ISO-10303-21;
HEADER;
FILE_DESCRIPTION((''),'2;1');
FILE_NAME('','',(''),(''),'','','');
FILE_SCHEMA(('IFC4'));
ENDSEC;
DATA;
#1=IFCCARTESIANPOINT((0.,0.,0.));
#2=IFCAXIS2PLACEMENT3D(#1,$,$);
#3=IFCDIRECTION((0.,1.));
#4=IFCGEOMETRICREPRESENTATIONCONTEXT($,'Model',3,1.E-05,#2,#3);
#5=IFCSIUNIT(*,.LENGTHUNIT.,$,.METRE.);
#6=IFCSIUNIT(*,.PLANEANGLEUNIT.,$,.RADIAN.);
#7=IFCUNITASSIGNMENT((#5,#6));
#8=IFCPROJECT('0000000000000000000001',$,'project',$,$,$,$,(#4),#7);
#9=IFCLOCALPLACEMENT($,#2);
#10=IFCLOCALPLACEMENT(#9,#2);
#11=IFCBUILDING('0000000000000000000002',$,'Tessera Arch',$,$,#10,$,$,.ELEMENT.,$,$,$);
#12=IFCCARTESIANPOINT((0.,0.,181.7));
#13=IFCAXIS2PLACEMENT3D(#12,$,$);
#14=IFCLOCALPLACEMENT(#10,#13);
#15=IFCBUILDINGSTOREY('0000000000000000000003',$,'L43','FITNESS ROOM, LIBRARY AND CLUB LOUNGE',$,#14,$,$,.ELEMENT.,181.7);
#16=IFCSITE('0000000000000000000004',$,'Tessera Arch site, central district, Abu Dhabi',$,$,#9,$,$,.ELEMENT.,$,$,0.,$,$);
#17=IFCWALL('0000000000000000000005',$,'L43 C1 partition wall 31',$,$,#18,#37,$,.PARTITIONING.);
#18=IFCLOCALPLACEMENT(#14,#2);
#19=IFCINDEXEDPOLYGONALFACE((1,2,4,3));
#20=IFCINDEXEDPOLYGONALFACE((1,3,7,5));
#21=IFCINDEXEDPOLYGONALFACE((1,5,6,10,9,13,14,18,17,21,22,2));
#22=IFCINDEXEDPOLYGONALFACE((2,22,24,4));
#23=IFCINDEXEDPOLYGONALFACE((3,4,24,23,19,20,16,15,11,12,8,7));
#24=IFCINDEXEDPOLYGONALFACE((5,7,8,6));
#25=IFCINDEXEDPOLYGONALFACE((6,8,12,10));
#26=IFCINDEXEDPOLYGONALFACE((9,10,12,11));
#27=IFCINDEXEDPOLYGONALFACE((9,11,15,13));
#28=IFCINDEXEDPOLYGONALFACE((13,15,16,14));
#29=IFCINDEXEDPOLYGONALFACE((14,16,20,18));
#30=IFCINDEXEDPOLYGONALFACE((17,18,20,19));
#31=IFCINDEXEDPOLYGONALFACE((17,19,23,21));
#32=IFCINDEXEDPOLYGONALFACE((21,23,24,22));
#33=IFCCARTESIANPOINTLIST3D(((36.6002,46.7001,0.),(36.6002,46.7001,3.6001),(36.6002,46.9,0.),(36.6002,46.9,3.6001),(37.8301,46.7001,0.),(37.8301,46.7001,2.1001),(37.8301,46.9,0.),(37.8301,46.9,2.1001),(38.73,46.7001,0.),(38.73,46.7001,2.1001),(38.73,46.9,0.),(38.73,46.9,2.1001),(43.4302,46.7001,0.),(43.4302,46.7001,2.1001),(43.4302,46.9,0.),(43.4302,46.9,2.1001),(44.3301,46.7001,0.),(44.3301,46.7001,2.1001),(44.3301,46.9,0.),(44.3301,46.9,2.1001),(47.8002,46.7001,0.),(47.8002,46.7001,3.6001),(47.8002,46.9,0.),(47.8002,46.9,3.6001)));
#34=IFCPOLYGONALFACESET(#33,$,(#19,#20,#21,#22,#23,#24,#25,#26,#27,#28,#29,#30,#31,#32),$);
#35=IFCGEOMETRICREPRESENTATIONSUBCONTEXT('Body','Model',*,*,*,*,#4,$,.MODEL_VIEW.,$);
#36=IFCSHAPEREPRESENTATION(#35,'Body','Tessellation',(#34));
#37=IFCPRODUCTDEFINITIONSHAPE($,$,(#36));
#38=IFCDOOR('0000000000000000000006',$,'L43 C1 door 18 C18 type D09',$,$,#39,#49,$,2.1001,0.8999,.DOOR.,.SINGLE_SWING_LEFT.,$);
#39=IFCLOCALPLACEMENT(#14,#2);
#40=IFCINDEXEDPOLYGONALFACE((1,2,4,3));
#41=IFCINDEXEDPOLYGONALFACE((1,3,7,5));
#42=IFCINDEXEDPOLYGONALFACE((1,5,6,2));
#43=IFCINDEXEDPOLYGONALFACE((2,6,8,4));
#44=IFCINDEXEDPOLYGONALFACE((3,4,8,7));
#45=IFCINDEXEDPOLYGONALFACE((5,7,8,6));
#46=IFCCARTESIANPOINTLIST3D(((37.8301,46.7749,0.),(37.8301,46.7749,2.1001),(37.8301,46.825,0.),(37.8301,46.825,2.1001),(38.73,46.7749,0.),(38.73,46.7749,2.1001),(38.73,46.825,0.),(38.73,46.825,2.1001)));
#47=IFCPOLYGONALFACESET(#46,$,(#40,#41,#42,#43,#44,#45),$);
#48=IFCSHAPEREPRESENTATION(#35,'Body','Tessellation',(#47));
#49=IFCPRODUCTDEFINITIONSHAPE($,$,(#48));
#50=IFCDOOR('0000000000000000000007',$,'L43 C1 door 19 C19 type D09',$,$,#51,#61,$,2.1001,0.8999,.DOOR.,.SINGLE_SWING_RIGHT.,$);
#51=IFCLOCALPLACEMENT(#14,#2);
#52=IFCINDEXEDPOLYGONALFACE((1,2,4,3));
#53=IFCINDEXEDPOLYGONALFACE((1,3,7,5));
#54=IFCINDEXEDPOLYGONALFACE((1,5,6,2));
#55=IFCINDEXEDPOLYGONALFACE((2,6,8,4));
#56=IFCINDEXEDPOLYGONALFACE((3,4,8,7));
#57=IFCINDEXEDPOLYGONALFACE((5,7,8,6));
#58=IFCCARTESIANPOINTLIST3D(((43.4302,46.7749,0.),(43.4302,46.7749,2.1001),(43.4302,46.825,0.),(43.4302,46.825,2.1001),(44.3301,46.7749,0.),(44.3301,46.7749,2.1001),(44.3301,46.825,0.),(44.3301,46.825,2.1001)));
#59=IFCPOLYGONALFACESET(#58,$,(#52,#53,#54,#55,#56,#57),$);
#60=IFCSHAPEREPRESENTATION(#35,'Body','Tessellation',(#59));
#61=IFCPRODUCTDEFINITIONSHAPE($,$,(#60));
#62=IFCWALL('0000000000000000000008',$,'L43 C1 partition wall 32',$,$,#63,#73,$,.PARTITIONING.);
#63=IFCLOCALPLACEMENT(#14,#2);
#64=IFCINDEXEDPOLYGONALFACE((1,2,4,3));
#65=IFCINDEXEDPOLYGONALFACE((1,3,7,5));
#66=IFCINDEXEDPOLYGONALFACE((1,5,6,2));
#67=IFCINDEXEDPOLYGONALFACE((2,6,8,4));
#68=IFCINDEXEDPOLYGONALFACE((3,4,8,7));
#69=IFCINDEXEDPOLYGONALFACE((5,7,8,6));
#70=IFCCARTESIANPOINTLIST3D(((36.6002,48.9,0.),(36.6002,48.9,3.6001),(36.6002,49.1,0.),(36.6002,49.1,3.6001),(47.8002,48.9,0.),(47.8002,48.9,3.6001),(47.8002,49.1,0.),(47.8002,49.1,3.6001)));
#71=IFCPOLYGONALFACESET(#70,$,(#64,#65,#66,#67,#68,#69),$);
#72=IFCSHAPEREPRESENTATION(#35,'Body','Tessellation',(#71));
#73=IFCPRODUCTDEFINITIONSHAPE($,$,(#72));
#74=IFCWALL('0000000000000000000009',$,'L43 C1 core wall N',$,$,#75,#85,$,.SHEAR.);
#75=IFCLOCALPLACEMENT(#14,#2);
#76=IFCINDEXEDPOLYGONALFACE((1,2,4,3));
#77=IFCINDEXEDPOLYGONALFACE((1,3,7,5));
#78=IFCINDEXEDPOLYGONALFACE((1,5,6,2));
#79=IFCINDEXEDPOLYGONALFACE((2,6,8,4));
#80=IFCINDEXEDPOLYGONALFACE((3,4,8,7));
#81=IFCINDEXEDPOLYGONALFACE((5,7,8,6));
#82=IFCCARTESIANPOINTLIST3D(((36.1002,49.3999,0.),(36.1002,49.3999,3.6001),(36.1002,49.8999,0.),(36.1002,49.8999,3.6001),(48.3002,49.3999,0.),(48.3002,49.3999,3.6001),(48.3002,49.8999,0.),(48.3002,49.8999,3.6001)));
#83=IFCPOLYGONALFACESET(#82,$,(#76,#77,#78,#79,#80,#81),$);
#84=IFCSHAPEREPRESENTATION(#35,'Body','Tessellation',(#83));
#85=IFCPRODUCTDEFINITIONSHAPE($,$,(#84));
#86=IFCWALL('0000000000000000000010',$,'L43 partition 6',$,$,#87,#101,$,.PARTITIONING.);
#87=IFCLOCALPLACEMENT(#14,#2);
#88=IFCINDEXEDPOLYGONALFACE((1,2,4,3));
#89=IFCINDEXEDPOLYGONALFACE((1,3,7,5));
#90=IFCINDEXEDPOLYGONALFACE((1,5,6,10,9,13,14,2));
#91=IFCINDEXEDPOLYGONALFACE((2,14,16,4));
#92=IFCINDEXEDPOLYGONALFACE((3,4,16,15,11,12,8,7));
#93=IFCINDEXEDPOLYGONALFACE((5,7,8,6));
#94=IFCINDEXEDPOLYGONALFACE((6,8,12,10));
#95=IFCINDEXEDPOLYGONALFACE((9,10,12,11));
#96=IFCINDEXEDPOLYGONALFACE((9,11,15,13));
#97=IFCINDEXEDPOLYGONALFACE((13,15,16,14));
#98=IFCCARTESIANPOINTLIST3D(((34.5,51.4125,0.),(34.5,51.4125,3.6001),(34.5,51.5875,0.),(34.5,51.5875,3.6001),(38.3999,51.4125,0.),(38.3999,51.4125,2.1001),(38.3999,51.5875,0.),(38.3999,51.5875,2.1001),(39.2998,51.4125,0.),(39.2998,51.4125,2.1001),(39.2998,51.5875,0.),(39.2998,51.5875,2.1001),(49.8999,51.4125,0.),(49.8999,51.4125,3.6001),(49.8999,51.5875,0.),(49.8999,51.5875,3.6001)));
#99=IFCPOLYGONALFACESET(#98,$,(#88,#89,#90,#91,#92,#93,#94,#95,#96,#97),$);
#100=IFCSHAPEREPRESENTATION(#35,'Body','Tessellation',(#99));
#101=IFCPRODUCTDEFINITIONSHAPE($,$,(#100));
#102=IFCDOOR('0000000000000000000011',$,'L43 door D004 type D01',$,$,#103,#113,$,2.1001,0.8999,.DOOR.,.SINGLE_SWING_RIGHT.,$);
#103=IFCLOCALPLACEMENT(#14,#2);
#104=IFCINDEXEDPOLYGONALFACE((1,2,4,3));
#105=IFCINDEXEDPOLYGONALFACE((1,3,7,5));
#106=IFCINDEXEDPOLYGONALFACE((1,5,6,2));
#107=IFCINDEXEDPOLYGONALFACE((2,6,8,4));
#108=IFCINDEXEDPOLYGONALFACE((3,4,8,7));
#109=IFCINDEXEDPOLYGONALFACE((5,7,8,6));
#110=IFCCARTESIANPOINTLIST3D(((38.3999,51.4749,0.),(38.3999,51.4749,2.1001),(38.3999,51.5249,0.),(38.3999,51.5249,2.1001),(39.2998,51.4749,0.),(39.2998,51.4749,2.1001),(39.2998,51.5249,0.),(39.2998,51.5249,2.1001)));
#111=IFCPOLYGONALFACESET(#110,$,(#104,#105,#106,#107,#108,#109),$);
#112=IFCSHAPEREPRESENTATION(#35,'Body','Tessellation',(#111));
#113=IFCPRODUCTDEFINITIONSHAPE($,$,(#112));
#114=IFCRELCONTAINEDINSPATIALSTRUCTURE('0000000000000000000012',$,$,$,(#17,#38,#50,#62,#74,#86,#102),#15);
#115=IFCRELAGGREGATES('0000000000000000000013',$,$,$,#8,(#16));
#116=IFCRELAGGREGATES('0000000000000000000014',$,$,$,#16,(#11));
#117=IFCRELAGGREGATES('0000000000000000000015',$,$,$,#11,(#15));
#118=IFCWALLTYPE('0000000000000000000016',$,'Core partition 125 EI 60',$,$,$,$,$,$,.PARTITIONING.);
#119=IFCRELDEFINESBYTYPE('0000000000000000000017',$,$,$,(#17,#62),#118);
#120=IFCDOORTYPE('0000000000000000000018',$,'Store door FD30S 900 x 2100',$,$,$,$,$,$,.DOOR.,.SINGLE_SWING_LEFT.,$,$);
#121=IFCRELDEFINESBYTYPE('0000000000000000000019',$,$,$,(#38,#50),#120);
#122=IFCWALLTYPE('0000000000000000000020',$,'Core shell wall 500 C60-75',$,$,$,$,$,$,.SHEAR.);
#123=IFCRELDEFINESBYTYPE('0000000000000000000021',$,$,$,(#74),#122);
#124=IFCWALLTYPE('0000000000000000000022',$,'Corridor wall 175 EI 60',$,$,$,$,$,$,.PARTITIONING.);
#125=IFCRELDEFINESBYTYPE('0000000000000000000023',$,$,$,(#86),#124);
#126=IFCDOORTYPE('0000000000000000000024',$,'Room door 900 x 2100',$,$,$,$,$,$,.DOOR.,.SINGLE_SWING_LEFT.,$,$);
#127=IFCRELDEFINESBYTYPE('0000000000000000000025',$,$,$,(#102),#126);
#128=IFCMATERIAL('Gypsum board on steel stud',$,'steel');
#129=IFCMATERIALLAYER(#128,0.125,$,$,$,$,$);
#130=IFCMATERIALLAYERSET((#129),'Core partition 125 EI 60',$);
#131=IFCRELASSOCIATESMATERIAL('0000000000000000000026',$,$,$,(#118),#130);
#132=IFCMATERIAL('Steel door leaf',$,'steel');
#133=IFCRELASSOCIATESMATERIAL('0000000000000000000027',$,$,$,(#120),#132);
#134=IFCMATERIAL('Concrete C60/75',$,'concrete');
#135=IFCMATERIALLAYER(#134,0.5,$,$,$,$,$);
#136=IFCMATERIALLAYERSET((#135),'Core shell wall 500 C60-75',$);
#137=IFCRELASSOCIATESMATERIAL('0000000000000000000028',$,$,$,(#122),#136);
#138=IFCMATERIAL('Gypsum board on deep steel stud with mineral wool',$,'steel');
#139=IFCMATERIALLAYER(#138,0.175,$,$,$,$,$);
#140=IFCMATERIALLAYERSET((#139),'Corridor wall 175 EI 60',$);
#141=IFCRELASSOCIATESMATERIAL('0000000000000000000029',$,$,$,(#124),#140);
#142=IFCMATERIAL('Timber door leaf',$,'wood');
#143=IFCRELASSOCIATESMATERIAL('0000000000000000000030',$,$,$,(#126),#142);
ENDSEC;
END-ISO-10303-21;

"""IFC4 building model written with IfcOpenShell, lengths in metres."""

from ifc_helpers import new_model, si_unit, direction, frame, frame_2d, origin, place, context, subcontext, project, spatial, rectangle, extrude, material, layer, layer_set, type_object, element, fill, save


model = new_model("IFC4")

# Units and contexts
model_context = context("Model", 3, precision=1e-05, world=origin(), true_north=direction((0.0, 1.0)))
body_context = subcontext(model_context, "Body", "Model", "MODEL_VIEW")
ifc_project = project(units=[si_unit("LENGTHUNIT", "METRE"), si_unit("PLANEANGLEUNIT", "RADIAN")], contexts=[model_context])

# Site, building, storey
site_placement = place(None, origin())
site = spatial("IfcSite", under=ifc_project, at=site_placement, Name="Tessera Arch site, central district, Abu Dhabi", CompositionType="ELEMENT", RefElevation=0.0)
building_placement = place(site_placement, origin())
building = spatial("IfcBuilding", under=site, at=building_placement, Name="Tessera Arch", CompositionType="ELEMENT")
storey_placement = place(building_placement, frame((0.0, 0.0, 181.7)))
storey = spatial("IfcBuildingStorey", under=building, at=storey_placement, Name="L43", Description="FITNESS ROOM, LIBRARY AND CLUB LOUNGE", CompositionType="ELEMENT", Elevation=181.7)

# Wall, openings, doors
ifc_material_1 = material(Name="Gypsum board on steel stud", Category="steel")
ifc_layer_1 = layer(ifc_material_1, 0.125)
ifc_layer_set_1 = layer_set([ifc_layer_1], Name="Core partition 125 EI 60")
wall_type_1 = type_object("IfcWallType", Name="Core partition 125 EI 60", PredefinedType="PARTITIONING", material=ifc_layer_set_1)
wall_1_placement = place(storey_placement, frame((36.6001, 46.8, 0.0), z_axis=(0.0, 0.0, 1.0), x_axis=(1.0, 0.0, 0.0)))
wall_1 = element("IfcWall", 1, at=wall_1_placement, inside=storey, type_object=wall_type_1, Name="L43 C1 partition wall 31", PredefinedType="PARTITIONING", context=body_context, shape_type="SweptSolid", body=[
    extrude(rectangle(XDim=11.2, YDim=0.2, at=frame_2d((5.6001, 0.0))), origin(), (0.0, 0.0, 1.0), 3.6001),
])
opening_1_placement = place(wall_1_placement, frame((1.23, 0.0, 0.0)))
opening_1 = element("IfcOpeningElement", 2, at=opening_1_placement, cuts=wall_1, PredefinedType="OPENING", context=body_context, shape_type="SweptSolid", body=[
    extrude(rectangle(XDim=0.8999, YDim=2.1001, at=frame_2d((0.45, 1.05))), frame((0.0, 0.1099, 0.0), z_axis=(0.0, -1.0, 0.0), x_axis=(1.0, 0.0, 0.0)), (0.0, 0.0, 1.0), 0.22),
])
opening_2_placement = place(wall_1_placement, frame((6.8301, 0.0, 0.0)))
opening_2 = element("IfcOpeningElement", 3, at=opening_2_placement, cuts=wall_1, PredefinedType="OPENING", context=body_context, shape_type="SweptSolid", body=[
    extrude(rectangle(XDim=0.8999, YDim=2.1001, at=frame_2d((0.45, 1.05))), frame((0.0, 0.1099, 0.0), z_axis=(0.0, -1.0, 0.0), x_axis=(1.0, 0.0, 0.0)), (0.0, 0.0, 1.0), 0.22),
])
ifc_material_2 = material(Name="Steel door leaf", Category="steel")
door_type_1 = type_object("IfcDoorType", Name="Store door FD30S 900 x 2100", OperationType="SINGLE_SWING_LEFT", PredefinedType="DOOR", material=ifc_material_2)
door_1_placement = place(opening_1_placement, origin())
door_1 = element("IfcDoor", 4, at=door_1_placement, inside=storey, type_object=door_type_1, Name="L43 C1 door 18 C18 type D09", OperationType="SINGLE_SWING_LEFT", OverallHeight=2.1001, OverallWidth=0.8999, PredefinedType="DOOR", context=body_context, shape_type="SweptSolid", body=[
    extrude(rectangle(XDim=0.8999, YDim=2.1001, at=frame_2d((0.45, 1.05))), frame((0.0, 0.0249, 0.0), z_axis=(0.0, -1.0, 0.0), x_axis=(1.0, 0.0, 0.0)), (0.0, 0.0, 1.0), 0.05),
])
fill(opening_1, door_1)
door_2_placement = place(opening_2_placement, origin())
door_2 = element("IfcDoor", 5, at=door_2_placement, inside=storey, type_object=door_type_1, Name="L43 C1 door 19 C19 type D09", OperationType="SINGLE_SWING_RIGHT", OverallHeight=2.1001, OverallWidth=0.8999, PredefinedType="DOOR", context=body_context, shape_type="SweptSolid", body=[
    extrude(rectangle(XDim=0.8999, YDim=2.1001, at=frame_2d((0.45, 1.05))), frame((0.0, 0.0249, 0.0), z_axis=(0.0, -1.0, 0.0), x_axis=(1.0, 0.0, 0.0)), (0.0, 0.0, 1.0), 0.05),
])
fill(opening_2, door_2)

# Walls
wall_2_placement = place(storey_placement, frame((36.6001, 49.0, 0.0), z_axis=(0.0, 0.0, 1.0), x_axis=(1.0, 0.0, 0.0)))
element("IfcWall", 6, at=wall_2_placement, inside=storey, type_object=wall_type_1, Name="L43 C1 partition wall 32", PredefinedType="PARTITIONING", context=body_context, shape_type="SweptSolid", body=[
    extrude(rectangle(XDim=11.2, YDim=0.2, at=frame_2d((5.6001, 0.0))), origin(), (0.0, 0.0, 1.0), 3.6001),
])
ifc_material_3 = material(Name="Concrete C60/75", Category="concrete")
ifc_layer_2 = layer(ifc_material_3, 0.5)
ifc_layer_set_2 = layer_set([ifc_layer_2], Name="Core shell wall 500 C60-75")
wall_type_2 = type_object("IfcWallType", Name="Core shell wall 500 C60-75", PredefinedType="SHEAR", material=ifc_layer_set_2)
wall_3_placement = place(storey_placement, frame((36.1001, 49.6499, 0.0), z_axis=(0.0, 0.0, 1.0), x_axis=(1.0, 0.0, 0.0)))
element("IfcWall", 7, at=wall_3_placement, inside=storey, type_object=wall_type_2, Name="L43 C1 core wall N", PredefinedType="SHEAR", context=body_context, shape_type="SweptSolid", body=[
    extrude(rectangle(XDim=12.2, YDim=0.5, at=frame_2d((6.1001, 0.0))), origin(), (0.0, 0.0, 1.0), 3.6001),
])

# Wall, opening, door
ifc_material_4 = material(Name="Gypsum board on deep steel stud with mineral wool", Category="steel")
ifc_layer_3 = layer(ifc_material_4, 0.175)
ifc_layer_set_3 = layer_set([ifc_layer_3], Name="Corridor wall 175 EI 60")
wall_type_3 = type_object("IfcWallType", Name="Corridor wall 175 EI 60", PredefinedType="PARTITIONING", material=ifc_layer_set_3)
wall_4_placement = place(storey_placement, frame((34.5, 51.5, 0.0), z_axis=(0.0, 0.0, 1.0), x_axis=(1.0, 0.0, 0.0)))
wall_4 = element("IfcWall", 8, at=wall_4_placement, inside=storey, type_object=wall_type_3, Name="L43 partition 6", PredefinedType="PARTITIONING", context=body_context, shape_type="SweptSolid", body=[
    extrude(rectangle(XDim=15.3999, YDim=0.175, at=frame_2d((7.7, 0.0))), origin(), (0.0, 0.0, 1.0), 3.6001),
])
opening_3_placement = place(wall_4_placement, frame((3.8999, 0.0, 0.0)))
opening_3 = element("IfcOpeningElement", 9, at=opening_3_placement, cuts=wall_4, PredefinedType="OPENING", context=body_context, shape_type="SweptSolid", body=[
    extrude(rectangle(XDim=0.8999, YDim=2.1001, at=frame_2d((0.45, 1.05))), frame((0.0, 0.0974, 0.0), z_axis=(0.0, -1.0, 0.0), x_axis=(1.0, 0.0, 0.0)), (0.0, 0.0, 1.0), 0.1951),
])
ifc_material_5 = material(Name="Timber door leaf", Category="wood")
door_type_2 = type_object("IfcDoorType", Name="Room door 900 x 2100", OperationType="SINGLE_SWING_LEFT", PredefinedType="DOOR", material=ifc_material_5)
door_3_placement = place(opening_3_placement, origin())
door_3 = element("IfcDoor", 10, at=door_3_placement, inside=storey, type_object=door_type_2, Name="L43 door D004 type D01", OperationType="SINGLE_SWING_RIGHT", OverallHeight=2.1001, OverallWidth=0.8999, PredefinedType="DOOR", context=body_context, shape_type="SweptSolid", body=[
    extrude(rectangle(XDim=0.8999, YDim=2.1001, at=frame_2d((0.45, 1.05))), frame((0.0, 0.0249, 0.0), z_axis=(0.0, -1.0, 0.0), x_axis=(1.0, 0.0, 0.0)), (0.0, 0.0, 1.0), 0.05),
])
fill(opening_3, door_3)

save(model, "model.ifc")
